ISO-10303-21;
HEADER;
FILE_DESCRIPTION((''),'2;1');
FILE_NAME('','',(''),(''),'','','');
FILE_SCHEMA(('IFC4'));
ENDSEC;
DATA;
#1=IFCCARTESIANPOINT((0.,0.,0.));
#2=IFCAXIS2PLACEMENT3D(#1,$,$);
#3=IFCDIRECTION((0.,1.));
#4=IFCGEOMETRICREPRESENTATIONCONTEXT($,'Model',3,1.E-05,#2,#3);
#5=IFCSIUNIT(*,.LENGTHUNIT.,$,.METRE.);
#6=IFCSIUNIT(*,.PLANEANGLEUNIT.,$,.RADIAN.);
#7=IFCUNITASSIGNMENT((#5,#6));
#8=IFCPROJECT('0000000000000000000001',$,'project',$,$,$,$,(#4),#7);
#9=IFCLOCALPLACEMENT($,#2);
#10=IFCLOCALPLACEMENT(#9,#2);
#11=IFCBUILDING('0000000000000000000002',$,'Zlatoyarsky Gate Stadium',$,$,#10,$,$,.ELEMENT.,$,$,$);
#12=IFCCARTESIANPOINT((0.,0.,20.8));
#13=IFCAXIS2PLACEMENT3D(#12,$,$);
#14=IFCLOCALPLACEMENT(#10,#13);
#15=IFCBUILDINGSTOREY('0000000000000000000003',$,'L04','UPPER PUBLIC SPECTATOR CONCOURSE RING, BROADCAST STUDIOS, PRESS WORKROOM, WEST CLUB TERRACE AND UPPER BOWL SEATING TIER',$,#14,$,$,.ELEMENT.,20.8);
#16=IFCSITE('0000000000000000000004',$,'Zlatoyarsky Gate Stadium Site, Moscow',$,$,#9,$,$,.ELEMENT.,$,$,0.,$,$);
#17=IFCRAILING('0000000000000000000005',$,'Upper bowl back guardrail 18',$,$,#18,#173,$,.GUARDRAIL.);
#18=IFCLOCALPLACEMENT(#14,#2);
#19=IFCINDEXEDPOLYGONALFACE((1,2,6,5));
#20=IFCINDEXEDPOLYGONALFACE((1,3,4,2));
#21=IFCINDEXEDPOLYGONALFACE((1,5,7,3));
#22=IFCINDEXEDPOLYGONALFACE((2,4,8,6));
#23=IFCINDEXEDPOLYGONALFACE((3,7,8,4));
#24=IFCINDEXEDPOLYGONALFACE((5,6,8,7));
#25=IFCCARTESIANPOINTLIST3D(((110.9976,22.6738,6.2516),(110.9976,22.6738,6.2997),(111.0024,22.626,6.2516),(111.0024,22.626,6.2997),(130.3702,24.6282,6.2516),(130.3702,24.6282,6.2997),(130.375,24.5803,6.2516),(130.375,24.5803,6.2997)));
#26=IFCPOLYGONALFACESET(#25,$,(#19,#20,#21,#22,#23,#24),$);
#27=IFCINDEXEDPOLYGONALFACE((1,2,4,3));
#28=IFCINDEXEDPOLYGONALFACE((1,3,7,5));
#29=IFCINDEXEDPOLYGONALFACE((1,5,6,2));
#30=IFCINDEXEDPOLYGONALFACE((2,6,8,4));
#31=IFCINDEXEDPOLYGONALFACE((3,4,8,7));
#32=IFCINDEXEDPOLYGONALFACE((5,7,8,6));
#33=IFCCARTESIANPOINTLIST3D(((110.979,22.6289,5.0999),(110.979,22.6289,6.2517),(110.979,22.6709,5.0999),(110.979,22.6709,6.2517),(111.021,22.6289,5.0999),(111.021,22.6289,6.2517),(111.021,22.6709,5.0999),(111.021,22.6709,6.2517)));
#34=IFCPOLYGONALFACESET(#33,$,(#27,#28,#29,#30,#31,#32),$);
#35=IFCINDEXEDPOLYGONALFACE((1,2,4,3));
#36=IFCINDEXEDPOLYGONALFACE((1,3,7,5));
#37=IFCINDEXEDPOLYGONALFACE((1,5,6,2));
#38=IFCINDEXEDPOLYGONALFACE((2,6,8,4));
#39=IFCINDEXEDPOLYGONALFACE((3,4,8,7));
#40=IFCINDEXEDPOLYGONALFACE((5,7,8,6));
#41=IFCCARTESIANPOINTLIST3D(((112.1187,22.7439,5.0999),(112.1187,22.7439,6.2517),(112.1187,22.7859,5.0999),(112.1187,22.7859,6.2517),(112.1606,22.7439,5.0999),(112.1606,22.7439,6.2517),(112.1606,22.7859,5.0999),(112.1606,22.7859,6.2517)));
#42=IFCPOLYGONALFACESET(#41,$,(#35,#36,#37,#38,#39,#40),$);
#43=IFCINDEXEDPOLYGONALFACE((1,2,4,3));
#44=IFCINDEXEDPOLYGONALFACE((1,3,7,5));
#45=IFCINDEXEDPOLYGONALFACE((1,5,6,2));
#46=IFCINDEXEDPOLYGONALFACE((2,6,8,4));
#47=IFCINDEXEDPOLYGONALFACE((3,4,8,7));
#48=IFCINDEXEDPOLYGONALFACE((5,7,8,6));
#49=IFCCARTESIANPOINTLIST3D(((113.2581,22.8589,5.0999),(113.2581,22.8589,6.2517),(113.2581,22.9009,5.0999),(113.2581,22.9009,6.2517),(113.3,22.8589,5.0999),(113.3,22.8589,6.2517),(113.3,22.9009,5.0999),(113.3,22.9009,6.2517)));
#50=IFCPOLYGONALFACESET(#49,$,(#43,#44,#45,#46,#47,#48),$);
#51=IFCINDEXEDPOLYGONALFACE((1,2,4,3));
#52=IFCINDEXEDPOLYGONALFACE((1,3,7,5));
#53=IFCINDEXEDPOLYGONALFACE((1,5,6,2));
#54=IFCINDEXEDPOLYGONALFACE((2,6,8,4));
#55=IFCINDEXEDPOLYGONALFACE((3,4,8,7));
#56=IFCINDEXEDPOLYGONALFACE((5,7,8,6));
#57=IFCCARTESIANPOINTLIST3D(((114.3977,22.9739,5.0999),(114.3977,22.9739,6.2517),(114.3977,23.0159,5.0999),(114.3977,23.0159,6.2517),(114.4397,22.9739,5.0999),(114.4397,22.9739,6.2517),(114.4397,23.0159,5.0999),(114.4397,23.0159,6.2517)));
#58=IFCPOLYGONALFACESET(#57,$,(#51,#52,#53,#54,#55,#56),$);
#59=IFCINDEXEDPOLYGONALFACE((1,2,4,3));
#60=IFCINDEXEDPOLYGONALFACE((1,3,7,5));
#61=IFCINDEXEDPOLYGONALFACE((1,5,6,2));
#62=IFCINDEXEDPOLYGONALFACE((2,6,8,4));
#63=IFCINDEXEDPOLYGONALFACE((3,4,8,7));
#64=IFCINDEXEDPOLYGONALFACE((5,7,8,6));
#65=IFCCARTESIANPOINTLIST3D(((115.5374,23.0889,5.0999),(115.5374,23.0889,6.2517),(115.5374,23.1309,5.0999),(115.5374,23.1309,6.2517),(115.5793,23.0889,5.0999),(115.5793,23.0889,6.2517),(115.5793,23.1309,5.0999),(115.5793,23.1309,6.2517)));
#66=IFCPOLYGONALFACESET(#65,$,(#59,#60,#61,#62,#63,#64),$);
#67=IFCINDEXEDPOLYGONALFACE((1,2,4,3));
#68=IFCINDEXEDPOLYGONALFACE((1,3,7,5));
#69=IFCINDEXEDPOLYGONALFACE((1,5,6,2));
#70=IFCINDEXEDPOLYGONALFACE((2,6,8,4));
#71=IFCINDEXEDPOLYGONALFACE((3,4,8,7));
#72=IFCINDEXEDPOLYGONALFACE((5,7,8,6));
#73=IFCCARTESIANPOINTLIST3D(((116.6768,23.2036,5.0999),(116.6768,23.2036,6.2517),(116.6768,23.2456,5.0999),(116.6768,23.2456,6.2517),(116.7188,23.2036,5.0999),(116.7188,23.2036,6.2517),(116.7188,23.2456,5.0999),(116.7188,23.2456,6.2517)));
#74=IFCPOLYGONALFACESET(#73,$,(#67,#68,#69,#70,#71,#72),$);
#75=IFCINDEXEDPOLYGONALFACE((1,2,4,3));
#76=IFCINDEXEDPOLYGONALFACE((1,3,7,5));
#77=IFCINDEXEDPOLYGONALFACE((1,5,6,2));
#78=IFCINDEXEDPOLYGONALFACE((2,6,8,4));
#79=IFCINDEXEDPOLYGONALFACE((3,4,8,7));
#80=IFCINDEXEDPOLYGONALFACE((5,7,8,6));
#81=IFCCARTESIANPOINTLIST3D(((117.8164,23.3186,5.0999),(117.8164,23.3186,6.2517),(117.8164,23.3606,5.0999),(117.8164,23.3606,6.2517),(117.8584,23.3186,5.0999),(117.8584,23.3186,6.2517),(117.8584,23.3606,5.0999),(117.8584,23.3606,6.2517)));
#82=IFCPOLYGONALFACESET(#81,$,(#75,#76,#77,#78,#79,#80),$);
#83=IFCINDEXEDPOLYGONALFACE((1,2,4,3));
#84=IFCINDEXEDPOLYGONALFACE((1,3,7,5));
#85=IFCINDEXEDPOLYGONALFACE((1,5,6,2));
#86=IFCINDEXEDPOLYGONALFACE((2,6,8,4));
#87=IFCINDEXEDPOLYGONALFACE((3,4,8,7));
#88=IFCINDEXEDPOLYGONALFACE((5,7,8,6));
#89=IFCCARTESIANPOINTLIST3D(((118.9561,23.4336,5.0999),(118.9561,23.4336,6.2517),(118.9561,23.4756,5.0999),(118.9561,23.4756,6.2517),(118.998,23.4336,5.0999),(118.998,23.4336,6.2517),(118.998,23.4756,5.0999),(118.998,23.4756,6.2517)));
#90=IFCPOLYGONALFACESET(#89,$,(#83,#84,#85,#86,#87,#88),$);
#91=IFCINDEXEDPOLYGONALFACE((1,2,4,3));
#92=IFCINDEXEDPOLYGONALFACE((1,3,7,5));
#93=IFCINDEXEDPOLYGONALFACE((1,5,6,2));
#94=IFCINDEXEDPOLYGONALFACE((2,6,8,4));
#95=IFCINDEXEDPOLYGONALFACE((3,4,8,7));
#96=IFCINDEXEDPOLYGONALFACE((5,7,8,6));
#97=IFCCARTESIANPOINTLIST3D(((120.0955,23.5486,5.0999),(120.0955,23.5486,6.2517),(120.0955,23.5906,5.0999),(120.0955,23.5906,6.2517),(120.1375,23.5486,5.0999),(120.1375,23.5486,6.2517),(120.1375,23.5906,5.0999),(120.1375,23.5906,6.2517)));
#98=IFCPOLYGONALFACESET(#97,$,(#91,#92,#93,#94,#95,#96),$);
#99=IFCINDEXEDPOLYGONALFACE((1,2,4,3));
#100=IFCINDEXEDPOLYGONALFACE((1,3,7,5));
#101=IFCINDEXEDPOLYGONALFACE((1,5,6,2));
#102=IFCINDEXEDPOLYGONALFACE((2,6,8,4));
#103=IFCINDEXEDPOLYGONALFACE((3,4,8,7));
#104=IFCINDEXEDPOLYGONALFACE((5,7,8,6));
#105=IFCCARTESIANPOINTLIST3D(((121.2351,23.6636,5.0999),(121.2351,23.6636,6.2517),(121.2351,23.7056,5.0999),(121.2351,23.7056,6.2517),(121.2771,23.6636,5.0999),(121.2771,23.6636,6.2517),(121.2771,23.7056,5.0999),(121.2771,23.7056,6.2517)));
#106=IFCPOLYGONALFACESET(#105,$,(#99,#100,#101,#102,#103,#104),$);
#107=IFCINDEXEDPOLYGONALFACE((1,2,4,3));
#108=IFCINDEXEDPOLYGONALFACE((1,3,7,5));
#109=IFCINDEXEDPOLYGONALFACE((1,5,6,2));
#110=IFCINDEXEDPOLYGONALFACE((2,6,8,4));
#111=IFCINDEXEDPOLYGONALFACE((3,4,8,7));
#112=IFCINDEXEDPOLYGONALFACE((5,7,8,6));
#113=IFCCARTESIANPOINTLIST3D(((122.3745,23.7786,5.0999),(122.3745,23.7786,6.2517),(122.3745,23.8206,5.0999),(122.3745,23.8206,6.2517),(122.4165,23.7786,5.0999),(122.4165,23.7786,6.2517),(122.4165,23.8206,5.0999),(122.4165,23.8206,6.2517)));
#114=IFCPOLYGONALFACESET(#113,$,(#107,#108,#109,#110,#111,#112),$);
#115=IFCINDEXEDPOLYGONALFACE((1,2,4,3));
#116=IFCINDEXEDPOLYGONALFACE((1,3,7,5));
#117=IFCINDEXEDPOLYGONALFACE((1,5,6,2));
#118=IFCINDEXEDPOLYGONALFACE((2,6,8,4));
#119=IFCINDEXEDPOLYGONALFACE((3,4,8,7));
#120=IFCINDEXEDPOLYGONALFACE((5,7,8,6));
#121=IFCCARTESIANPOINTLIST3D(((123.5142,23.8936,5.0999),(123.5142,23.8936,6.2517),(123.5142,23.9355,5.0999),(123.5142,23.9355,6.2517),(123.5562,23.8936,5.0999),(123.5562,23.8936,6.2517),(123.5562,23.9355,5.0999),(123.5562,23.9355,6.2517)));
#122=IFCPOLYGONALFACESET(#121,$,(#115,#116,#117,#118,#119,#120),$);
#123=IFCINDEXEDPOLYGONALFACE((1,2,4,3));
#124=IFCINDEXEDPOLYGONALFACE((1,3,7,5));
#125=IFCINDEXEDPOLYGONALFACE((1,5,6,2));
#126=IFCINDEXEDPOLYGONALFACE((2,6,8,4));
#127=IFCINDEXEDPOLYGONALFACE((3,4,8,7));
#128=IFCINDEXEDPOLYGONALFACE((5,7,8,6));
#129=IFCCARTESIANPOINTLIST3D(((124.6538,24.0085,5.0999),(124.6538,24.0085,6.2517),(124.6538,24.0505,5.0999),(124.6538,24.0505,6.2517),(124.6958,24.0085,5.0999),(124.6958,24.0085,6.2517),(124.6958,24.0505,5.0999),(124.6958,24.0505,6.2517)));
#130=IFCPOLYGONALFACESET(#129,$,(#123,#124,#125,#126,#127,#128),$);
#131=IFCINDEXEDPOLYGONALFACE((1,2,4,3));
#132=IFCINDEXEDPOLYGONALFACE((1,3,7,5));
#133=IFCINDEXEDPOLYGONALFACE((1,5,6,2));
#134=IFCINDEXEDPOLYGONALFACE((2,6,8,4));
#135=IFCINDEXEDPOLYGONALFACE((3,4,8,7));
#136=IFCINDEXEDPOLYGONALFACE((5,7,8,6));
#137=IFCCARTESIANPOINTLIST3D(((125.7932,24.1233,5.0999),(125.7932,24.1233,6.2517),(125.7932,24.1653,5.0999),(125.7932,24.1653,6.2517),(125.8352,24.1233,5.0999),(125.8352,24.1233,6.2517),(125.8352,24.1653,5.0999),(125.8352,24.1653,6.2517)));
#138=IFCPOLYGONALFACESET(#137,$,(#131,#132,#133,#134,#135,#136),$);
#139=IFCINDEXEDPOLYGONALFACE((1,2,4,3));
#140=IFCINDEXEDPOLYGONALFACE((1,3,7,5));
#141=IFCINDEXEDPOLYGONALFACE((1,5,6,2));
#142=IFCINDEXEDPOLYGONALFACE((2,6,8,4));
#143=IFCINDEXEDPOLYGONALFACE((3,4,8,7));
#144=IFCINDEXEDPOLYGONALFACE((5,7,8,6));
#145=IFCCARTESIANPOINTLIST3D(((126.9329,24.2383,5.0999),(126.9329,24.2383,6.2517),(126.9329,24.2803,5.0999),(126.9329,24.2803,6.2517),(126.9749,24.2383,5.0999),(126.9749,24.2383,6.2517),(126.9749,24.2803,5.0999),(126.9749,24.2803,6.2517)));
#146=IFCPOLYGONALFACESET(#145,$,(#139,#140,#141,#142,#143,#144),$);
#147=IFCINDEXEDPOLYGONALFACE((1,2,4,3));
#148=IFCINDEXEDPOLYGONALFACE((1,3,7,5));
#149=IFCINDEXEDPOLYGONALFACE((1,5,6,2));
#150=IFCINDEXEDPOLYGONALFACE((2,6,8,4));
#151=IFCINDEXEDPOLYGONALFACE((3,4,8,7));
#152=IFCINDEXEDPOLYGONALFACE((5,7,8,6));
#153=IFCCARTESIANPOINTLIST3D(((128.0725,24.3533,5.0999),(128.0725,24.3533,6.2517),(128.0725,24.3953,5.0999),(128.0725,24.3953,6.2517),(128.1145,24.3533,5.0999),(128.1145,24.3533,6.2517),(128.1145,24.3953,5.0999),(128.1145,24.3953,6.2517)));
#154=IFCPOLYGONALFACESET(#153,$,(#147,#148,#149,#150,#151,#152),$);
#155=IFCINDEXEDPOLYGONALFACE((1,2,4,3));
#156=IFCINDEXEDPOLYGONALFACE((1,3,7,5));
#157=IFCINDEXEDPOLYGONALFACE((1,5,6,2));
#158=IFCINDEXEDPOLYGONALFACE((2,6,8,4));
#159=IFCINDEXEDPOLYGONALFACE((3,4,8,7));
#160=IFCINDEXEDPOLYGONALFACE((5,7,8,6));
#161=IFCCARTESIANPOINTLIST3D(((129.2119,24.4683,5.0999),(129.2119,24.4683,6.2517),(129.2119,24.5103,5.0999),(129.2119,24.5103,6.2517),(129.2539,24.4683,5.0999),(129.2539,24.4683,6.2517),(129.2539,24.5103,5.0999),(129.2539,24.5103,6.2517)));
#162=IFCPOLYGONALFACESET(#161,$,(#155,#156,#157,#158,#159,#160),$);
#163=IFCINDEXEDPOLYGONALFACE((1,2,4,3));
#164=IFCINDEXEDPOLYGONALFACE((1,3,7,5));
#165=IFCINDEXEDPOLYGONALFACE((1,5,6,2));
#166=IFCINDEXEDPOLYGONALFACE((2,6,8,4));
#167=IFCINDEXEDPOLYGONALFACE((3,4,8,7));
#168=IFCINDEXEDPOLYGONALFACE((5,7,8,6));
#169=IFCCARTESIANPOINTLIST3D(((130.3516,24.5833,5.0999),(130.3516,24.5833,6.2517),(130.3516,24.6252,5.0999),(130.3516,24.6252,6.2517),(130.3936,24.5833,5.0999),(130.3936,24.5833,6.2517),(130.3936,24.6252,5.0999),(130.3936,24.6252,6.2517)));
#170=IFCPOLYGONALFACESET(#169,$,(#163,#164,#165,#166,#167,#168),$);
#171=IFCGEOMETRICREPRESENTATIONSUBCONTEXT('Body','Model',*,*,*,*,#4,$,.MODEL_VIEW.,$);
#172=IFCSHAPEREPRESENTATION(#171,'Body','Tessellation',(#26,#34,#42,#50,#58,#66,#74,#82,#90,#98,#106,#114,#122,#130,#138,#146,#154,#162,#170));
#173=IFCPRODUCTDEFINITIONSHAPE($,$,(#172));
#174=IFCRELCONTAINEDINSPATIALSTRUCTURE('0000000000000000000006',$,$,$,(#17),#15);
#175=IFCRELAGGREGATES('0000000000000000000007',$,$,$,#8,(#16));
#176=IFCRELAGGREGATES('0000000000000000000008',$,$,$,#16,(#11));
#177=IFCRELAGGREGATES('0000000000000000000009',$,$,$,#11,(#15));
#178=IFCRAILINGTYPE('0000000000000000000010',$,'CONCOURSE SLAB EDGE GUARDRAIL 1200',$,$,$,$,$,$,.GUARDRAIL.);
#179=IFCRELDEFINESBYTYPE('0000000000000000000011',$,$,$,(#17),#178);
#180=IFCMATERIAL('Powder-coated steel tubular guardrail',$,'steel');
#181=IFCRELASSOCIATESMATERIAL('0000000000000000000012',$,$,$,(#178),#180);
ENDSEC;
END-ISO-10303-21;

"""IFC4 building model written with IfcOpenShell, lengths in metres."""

from ifc_helpers import new_model, si_unit, direction, frame, origin, origin_2d, place, context, subcontext, project, spatial, rectangle, extrude, material, type_object, element, save


model = new_model("IFC4")

# Units and contexts
model_context = context("Model", 3, precision=1e-05, world=origin(), true_north=direction((0.0, 1.0)))
body_context = subcontext(model_context, "Body", "Model", "MODEL_VIEW")
ifc_project = project(units=[si_unit("LENGTHUNIT", "METRE"), si_unit("PLANEANGLEUNIT", "RADIAN")], contexts=[model_context])

# Site, building, storey
site_placement = place(None, origin())
site = spatial("IfcSite", under=ifc_project, at=site_placement, Name="Zlatoyarsky Gate Stadium Site, Moscow", CompositionType="ELEMENT", RefElevation=0.0)
building_placement = place(site_placement, origin())
building = spatial("IfcBuilding", under=site, at=building_placement, Name="Zlatoyarsky Gate Stadium", CompositionType="ELEMENT")
storey_placement = place(building_placement, frame((0.0, 0.0, 20.8)))
storey = spatial("IfcBuildingStorey", under=building, at=storey_placement, Name="L04", Description="UPPER PUBLIC SPECTATOR CONCOURSE RING, BROADCAST STUDIOS, PRESS WORKROOM, WEST CLUB TERRACE AND UPPER BOWL SEATING TIER", CompositionType="ELEMENT", Elevation=20.8)

# Railing
ifc_material_1 = material(Name="Powder-coated steel tubular guardrail", Category="steel")
railing_type_1 = type_object("IfcRailingType", Name="CONCOURSE SLAB EDGE GUARDRAIL 1200", PredefinedType="GUARDRAIL", material=ifc_material_1)
railing_1_placement = place(storey_placement, frame((111.0, 22.6499, 5.0999)))
element("IfcRailing", 1, at=railing_1_placement, inside=storey, type_object=railing_type_1, Name="Upper bowl back guardrail 18", PredefinedType="GUARDRAIL", context=body_context, shape_type="SweptSolid", body=[
    extrude(rectangle(XDim=0.0481, YDim=0.0481, at=origin_2d()), frame((0.0, 0.0, 1.1758), z_axis=(0.99495, 0.100373, 0.0), x_axis=(-0.100373, 0.99495, 0.0)), (0.0, 0.0, 1.0), 19.4709),
    extrude(rectangle(XDim=0.042, YDim=0.042, at=origin_2d()), origin(), (0.0, 0.0, 1.0), 1.1519),
    extrude(rectangle(XDim=0.042, YDim=0.042, at=origin_2d()), frame((1.1396, 0.115, 0.0)), (0.0, 0.0, 1.0), 1.1519),
    extrude(rectangle(XDim=0.042, YDim=0.042, at=origin_2d()), frame((2.2791, 0.23, 0.0)), (0.0, 0.0, 1.0), 1.1519),
    extrude(rectangle(XDim=0.042, YDim=0.042, at=origin_2d()), frame((3.4187, 0.345, 0.0)), (0.0, 0.0, 1.0), 1.1519),
    extrude(rectangle(XDim=0.042, YDim=0.042, at=origin_2d()), frame((4.5583, 0.46, 0.0)), (0.0, 0.0, 1.0), 1.1519),
    extrude(rectangle(XDim=0.042, YDim=0.042, at=origin_2d()), frame((5.6978, 0.5747, 0.0)), (0.0, 0.0, 1.0), 1.1519),
    extrude(rectangle(XDim=0.042, YDim=0.042, at=origin_2d()), frame((6.8374, 0.6897, 0.0)), (0.0, 0.0, 1.0), 1.1519),
    extrude(rectangle(XDim=0.042, YDim=0.042, at=origin_2d()), frame((7.9771, 0.8047, 0.0)), (0.0, 0.0, 1.0), 1.1519),
    extrude(rectangle(XDim=0.042, YDim=0.042, at=origin_2d()), frame((9.1165, 0.9197, 0.0)), (0.0, 0.0, 1.0), 1.1519),
    extrude(rectangle(XDim=0.042, YDim=0.042, at=origin_2d()), frame((10.2561, 1.0347, 0.0)), (0.0, 0.0, 1.0), 1.1519),
    extrude(rectangle(XDim=0.042, YDim=0.042, at=origin_2d()), frame((11.3955, 1.1497, 0.0)), (0.0, 0.0, 1.0), 1.1519),
    extrude(rectangle(XDim=0.042, YDim=0.042, at=origin_2d()), frame((12.5352, 1.2646, 0.0)), (0.0, 0.0, 1.0), 1.1519),
    extrude(rectangle(XDim=0.042, YDim=0.042, at=origin_2d()), frame((13.6748, 1.3796, 0.0)), (0.0, 0.0, 1.0), 1.1519),
    extrude(rectangle(XDim=0.042, YDim=0.042, at=origin_2d()), frame((14.8142, 1.4944, 0.0)), (0.0, 0.0, 1.0), 1.1519),
    extrude(rectangle(XDim=0.042, YDim=0.042, at=origin_2d()), frame((15.9539, 1.6094, 0.0)), (0.0, 0.0, 1.0), 1.1519),
    extrude(rectangle(XDim=0.042, YDim=0.042, at=origin_2d()), frame((17.0935, 1.7244, 0.0)), (0.0, 0.0, 1.0), 1.1519),
    extrude(rectangle(XDim=0.042, YDim=0.042, at=origin_2d()), frame((18.2329, 1.8394, 0.0)), (0.0, 0.0, 1.0), 1.1519),
    extrude(rectangle(XDim=0.042, YDim=0.042, at=origin_2d()), frame((19.3726, 1.9543, 0.0)), (0.0, 0.0, 1.0), 1.1519),
])

save(model, "model.ifc")
